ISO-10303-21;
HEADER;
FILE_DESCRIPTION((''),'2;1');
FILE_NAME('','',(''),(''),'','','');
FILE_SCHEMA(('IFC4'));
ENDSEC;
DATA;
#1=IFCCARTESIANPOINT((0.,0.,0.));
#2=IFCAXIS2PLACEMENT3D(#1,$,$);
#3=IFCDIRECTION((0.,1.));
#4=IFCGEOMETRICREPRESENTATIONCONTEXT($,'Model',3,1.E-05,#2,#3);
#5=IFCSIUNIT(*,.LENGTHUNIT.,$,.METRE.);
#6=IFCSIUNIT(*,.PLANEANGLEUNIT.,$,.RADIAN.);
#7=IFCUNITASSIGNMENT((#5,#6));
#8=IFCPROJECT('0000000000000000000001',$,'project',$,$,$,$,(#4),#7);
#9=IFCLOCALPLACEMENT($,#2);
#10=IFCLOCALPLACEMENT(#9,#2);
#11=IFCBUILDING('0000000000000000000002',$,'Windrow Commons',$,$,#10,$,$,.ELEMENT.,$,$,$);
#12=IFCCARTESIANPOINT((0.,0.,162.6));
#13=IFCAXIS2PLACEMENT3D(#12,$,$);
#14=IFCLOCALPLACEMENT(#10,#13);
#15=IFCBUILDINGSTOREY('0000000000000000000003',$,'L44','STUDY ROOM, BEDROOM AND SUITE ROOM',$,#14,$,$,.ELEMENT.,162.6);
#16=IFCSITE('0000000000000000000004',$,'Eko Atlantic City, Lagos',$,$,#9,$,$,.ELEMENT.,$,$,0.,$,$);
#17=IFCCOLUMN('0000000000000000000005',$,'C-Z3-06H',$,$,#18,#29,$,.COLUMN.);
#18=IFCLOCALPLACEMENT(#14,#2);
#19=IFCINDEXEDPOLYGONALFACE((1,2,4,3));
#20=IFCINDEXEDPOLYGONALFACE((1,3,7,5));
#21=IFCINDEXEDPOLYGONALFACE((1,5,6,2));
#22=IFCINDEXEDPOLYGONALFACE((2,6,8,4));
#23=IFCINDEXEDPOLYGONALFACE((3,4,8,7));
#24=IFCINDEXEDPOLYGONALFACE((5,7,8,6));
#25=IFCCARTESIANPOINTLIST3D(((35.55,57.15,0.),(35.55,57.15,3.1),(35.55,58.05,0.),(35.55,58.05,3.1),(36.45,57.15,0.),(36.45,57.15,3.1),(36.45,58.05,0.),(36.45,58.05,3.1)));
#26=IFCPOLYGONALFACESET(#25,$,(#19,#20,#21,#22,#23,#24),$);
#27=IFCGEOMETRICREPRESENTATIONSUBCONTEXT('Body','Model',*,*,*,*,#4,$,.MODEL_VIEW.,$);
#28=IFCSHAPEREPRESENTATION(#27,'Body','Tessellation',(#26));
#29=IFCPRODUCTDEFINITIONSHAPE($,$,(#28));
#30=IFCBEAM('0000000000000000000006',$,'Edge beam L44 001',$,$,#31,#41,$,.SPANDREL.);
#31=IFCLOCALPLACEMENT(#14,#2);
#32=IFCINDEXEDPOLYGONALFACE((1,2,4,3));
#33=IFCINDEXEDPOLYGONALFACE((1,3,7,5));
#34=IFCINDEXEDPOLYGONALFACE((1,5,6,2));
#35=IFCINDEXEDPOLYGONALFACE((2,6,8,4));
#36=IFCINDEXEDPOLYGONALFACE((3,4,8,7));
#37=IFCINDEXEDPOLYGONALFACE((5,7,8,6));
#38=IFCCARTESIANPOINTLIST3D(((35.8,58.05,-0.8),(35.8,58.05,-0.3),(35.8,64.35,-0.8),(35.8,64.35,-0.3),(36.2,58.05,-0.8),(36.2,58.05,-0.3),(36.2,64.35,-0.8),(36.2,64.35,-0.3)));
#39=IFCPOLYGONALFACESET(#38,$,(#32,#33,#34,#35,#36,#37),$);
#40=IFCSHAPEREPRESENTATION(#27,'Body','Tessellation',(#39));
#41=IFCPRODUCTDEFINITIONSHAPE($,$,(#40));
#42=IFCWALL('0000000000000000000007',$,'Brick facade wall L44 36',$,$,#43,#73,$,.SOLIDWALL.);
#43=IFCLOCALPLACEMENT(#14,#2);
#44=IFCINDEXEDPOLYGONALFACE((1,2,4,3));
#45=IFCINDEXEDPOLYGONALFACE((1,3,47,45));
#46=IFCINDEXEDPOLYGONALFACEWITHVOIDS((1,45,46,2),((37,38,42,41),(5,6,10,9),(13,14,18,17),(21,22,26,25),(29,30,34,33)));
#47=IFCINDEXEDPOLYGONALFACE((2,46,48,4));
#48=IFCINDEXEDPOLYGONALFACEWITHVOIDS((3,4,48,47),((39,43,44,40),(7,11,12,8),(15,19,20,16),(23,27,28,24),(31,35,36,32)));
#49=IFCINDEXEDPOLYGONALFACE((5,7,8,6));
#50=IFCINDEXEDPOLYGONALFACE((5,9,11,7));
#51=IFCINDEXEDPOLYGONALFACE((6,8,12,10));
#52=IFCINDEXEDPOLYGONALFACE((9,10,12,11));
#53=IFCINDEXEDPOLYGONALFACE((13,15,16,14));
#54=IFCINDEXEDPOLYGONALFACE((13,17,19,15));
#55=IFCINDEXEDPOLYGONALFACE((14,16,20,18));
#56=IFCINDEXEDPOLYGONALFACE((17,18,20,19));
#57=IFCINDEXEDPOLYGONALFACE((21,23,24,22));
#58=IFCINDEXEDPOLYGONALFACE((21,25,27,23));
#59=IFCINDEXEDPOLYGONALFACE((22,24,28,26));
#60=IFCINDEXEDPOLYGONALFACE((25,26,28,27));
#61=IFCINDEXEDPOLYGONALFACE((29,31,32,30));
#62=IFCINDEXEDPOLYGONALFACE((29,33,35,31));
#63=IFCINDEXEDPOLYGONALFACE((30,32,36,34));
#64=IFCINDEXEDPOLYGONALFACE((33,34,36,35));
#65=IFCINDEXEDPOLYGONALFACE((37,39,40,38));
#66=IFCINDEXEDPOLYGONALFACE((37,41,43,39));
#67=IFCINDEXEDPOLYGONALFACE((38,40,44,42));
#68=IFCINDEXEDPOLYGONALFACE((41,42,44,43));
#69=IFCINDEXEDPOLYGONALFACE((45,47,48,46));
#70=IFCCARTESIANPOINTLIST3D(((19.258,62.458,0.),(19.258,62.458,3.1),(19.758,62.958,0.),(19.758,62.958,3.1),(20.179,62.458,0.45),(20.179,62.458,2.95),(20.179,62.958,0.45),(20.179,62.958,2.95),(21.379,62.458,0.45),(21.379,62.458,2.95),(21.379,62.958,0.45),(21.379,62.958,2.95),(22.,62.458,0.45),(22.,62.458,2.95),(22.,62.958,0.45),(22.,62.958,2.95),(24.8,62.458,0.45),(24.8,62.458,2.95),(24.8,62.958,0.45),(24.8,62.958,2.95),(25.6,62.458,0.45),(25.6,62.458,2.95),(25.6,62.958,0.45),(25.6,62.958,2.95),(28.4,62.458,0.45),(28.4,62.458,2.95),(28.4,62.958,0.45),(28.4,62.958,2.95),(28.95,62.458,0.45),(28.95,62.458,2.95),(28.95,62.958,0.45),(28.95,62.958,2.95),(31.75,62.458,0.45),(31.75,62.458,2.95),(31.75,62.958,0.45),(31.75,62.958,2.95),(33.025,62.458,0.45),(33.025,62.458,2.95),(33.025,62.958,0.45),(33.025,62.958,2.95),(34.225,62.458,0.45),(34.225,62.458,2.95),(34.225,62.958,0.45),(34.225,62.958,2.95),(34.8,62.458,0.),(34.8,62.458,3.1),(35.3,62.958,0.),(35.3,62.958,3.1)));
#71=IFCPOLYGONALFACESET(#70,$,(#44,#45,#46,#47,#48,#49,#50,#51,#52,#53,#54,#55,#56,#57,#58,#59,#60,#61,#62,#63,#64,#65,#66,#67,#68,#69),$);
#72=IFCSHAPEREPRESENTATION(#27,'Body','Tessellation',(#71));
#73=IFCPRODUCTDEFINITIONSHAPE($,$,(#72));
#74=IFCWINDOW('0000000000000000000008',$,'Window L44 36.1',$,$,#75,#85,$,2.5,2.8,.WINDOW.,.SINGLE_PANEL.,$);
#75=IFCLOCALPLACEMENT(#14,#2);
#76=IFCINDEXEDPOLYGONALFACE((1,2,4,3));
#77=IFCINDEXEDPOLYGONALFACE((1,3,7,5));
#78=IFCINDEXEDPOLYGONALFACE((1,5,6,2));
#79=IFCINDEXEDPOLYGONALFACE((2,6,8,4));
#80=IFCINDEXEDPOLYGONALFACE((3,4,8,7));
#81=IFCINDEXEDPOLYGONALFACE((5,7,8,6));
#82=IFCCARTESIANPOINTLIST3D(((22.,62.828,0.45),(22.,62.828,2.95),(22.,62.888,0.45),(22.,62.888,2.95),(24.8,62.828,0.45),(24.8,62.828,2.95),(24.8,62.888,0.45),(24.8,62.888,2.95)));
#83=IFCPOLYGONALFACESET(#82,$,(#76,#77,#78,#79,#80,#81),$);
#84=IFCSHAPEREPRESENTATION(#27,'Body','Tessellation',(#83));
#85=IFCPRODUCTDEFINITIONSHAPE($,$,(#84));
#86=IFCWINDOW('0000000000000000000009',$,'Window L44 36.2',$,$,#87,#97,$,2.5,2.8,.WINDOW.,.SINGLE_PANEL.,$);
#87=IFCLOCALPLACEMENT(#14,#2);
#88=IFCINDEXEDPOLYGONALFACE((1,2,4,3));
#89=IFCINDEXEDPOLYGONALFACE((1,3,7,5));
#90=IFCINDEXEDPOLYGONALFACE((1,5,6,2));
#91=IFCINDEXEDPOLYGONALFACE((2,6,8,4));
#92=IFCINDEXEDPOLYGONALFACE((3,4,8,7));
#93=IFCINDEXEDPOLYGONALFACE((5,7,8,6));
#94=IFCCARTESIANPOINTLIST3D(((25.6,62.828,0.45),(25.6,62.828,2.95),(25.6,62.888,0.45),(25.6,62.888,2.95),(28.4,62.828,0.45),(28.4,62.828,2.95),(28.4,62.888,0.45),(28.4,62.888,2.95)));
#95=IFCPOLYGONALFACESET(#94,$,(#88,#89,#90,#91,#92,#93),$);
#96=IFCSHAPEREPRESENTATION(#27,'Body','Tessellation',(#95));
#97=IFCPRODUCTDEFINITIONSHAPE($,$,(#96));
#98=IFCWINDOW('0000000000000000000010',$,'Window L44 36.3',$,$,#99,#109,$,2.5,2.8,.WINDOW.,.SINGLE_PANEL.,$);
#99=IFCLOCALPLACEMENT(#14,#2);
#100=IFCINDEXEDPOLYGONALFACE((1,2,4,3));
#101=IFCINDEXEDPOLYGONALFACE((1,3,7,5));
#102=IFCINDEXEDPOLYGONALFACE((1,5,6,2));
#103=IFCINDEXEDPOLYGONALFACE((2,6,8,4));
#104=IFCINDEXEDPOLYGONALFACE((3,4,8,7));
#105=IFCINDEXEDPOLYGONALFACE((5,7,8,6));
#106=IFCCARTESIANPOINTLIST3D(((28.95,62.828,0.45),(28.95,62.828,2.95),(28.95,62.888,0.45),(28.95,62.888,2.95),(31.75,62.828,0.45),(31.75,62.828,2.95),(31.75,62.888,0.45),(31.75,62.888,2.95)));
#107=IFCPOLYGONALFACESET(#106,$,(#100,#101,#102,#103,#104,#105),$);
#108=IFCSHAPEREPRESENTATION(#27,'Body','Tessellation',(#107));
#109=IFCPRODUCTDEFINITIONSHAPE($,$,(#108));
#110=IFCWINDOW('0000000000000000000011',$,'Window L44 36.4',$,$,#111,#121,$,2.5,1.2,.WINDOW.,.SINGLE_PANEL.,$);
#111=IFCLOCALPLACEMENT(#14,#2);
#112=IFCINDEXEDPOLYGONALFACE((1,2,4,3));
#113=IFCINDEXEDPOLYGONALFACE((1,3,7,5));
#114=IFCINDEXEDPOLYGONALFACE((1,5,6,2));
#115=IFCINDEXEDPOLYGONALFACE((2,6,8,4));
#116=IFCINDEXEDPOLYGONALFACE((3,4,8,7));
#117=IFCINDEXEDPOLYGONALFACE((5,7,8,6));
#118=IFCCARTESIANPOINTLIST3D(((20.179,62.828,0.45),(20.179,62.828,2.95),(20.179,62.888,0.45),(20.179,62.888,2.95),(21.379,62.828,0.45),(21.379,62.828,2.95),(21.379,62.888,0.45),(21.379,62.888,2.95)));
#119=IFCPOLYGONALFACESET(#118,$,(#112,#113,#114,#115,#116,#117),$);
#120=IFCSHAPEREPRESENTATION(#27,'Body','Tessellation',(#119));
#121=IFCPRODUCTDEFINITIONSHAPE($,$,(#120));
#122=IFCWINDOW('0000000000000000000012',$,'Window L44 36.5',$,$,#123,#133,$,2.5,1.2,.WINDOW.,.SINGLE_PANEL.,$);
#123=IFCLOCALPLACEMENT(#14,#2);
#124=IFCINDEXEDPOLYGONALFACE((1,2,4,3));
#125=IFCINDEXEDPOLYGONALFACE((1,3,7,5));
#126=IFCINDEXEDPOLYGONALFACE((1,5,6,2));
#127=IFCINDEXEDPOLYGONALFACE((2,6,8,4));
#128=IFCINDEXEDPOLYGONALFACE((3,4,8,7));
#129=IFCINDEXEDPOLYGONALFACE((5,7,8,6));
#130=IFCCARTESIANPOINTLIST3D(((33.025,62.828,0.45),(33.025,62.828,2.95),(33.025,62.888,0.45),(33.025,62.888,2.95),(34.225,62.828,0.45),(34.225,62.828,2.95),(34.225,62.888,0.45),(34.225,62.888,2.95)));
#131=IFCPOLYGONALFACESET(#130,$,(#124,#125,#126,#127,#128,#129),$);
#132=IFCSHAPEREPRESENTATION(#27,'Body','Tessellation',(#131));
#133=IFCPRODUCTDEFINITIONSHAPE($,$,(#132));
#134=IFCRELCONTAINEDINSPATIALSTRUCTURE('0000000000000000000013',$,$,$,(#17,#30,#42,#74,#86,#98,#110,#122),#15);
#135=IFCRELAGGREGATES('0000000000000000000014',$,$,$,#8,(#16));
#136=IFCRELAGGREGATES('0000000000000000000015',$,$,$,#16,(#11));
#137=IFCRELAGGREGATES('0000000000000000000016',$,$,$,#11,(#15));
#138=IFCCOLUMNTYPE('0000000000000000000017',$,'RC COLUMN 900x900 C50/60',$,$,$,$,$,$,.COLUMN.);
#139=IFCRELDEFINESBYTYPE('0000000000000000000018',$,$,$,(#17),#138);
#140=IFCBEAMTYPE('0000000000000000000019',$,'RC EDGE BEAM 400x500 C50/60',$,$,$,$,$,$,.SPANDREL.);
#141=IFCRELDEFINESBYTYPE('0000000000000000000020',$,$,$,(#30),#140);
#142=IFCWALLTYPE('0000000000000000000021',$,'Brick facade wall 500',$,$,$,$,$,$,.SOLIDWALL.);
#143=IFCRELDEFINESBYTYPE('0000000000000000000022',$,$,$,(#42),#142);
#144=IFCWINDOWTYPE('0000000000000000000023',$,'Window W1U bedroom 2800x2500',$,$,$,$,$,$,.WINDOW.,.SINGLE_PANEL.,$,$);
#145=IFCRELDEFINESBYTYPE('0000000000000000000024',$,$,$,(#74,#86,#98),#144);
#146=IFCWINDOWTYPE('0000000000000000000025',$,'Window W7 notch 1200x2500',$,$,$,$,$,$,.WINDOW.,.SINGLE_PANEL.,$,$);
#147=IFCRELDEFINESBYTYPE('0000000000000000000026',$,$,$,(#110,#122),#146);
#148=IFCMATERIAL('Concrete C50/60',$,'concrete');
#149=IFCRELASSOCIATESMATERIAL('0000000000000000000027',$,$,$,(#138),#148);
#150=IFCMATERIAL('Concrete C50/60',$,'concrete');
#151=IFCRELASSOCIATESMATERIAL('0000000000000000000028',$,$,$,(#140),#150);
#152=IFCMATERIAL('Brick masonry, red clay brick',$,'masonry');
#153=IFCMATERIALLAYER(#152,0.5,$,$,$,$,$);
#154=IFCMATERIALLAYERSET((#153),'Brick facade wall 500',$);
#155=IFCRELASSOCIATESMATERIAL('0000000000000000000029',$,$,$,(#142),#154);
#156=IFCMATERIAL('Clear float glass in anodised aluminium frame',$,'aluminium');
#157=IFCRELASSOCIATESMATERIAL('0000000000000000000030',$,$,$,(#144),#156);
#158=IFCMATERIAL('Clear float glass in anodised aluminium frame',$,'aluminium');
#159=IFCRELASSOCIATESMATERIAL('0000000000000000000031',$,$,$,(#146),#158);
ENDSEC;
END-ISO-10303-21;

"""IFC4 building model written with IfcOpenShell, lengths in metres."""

from ifc_helpers import new_model, si_unit, direction, frame, frame_2d, origin, origin_2d, place, context, subcontext, project, spatial, polyline, rectangle, outline, extrude, material, layer, layer_set, material_profile, profile_set, type_object, element, fill, save


model = new_model("IFC4")

# Units and contexts
model_context = context("Model", 3, precision=1e-05, world=origin(), true_north=direction((0.0, 1.0)))
body_context = subcontext(model_context, "Body", "Model", "MODEL_VIEW")
ifc_project = project(units=[si_unit("LENGTHUNIT", "METRE"), si_unit("PLANEANGLEUNIT", "RADIAN")], contexts=[model_context])

# Site, building, storey
site_placement = place(None, origin())
site = spatial("IfcSite", under=ifc_project, at=site_placement, Name="Eko Atlantic City, Lagos", CompositionType="ELEMENT", RefElevation=0.0)
building_placement = place(site_placement, origin())
building = spatial("IfcBuilding", under=site, at=building_placement, Name="Windrow Commons", CompositionType="ELEMENT")
storey_placement = place(building_placement, frame((0.0, 0.0, 162.6)))
storey = spatial("IfcBuildingStorey", under=building, at=storey_placement, Name="L44", Description="STUDY ROOM, BEDROOM AND SUITE ROOM", CompositionType="ELEMENT", Elevation=162.6)

# Column
ifc_material_1 = material(Name="Concrete C50/60", Category="concrete")
ifc_material_profile_1 = material_profile(ifc_material_1, rectangle(XDim=0.9, YDim=0.9, at=origin_2d()))
ifc_profile_set_1 = profile_set([ifc_material_profile_1], Name="Concrete C50/60")
column_type = type_object("IfcColumnType", Name="RC COLUMN 900x900 C50/60", PredefinedType="COLUMN", material=ifc_profile_set_1)
column_placement = place(storey_placement, frame((36.0, 57.6, 0.0), z_axis=(0.0, 0.0, 1.0), x_axis=(1.0, 0.0, 0.0)))
element("IfcColumn", 1, at=column_placement, inside=storey, type_object=column_type, Name="C-Z3-06H", PredefinedType="COLUMN", context=body_context, shape_type="SweptSolid", body=[
    extrude(rectangle(XDim=0.9, YDim=0.9, at=origin_2d()), origin(), (0.0, 0.0, 1.0), 3.1),
])

# Beam
ifc_material_2 = material(Name="Concrete C50/60", Category="concrete")
ifc_material_profile_2 = material_profile(ifc_material_2, rectangle(XDim=0.4, YDim=0.5, at=origin_2d()))
ifc_profile_set_2 = profile_set([ifc_material_profile_2], Name="Concrete C50/60")
beam_type = type_object("IfcBeamType", Name="RC EDGE BEAM 400x500 C50/60", PredefinedType="SPANDREL", material=ifc_profile_set_2)
beam_placement = place(storey_placement, frame((36.0, 58.05, -0.55), z_axis=(0.0, 1.0, 0.0), x_axis=(-1.0, 0.0, 0.0)))
element("IfcBeam", 2, at=beam_placement, inside=storey, type_object=beam_type, Name="Edge beam L44 001", PredefinedType="SPANDREL", context=body_context, shape_type="SweptSolid", body=[
    extrude(rectangle(XDim=0.4, YDim=0.5, at=origin_2d()), origin(), (0.0, 0.0, 1.0), 6.3),
])

# Wall, openings, windows
ifc_material_3 = material(Name="Brick masonry, red clay brick", Category="masonry")
ifc_layer_1 = layer(ifc_material_3, 0.5)
ifc_layer_set_1 = layer_set([ifc_layer_1], Name="Brick facade wall 500")
wall_type_1 = type_object("IfcWallType", Name="Brick facade wall 500", PredefinedType="SOLIDWALL", material=ifc_layer_set_1)
wall_1_placement = place(storey_placement, frame((19.508, 62.708, 0.0), z_axis=(0.0, 0.0, 1.0), x_axis=(1.0, 0.0, 0.0)))
wall_1 = element("IfcWall", 3, at=wall_1_placement, inside=storey, type_object=wall_type_1, Name="Brick facade wall L44 36", PredefinedType="SOLIDWALL", context=body_context, shape_type="SweptSolid", body=[
    extrude(outline(polyline([(-0.25, -0.25), (15.292, -0.25), (15.792, 0.25), (0.25, 0.25), (-0.25, -0.25)])), origin(), (0.0, 0.0, 1.0), 3.1),
])
opening_1_placement = place(wall_1_placement, frame((2.492, 0.0, 0.45)))
opening_1 = element("IfcOpeningElement", 4, at=opening_1_placement, cuts=wall_1, PredefinedType="OPENING", context=body_context, shape_type="SweptSolid", body=[
    extrude(rectangle(XDim=2.8, YDim=2.5, at=frame_2d((1.4, 1.25))), frame((0.0, 0.26, 0.0), z_axis=(0.0, -1.0, 0.0), x_axis=(1.0, 0.0, 0.0)), (0.0, 0.0, 1.0), 0.52),
])
opening_2_placement = place(wall_1_placement, frame((6.092, 0.0, 0.45)))
opening_2 = element("IfcOpeningElement", 5, at=opening_2_placement, cuts=wall_1, PredefinedType="OPENING", context=body_context, shape_type="SweptSolid", body=[
    extrude(rectangle(XDim=2.8, YDim=2.5, at=frame_2d((1.4, 1.25))), frame((0.0, 0.26, 0.0), z_axis=(0.0, -1.0, 0.0), x_axis=(1.0, 0.0, 0.0)), (0.0, 0.0, 1.0), 0.52),
])
opening_3_placement = place(wall_1_placement, frame((9.442, 0.0, 0.45)))
opening_3 = element("IfcOpeningElement", 6, at=opening_3_placement, cuts=wall_1, PredefinedType="OPENING", context=body_context, shape_type="SweptSolid", body=[
    extrude(rectangle(XDim=2.8, YDim=2.5, at=frame_2d((1.4, 1.25))), frame((0.0, 0.26, 0.0), z_axis=(0.0, -1.0, 0.0), x_axis=(1.0, 0.0, 0.0)), (0.0, 0.0, 1.0), 0.52),
])
opening_4_placement = place(wall_1_placement, frame((0.671, 0.0, 0.45)))
opening_4 = element("IfcOpeningElement", 7, at=opening_4_placement, cuts=wall_1, PredefinedType="OPENING", context=body_context, shape_type="SweptSolid", body=[
    extrude(rectangle(XDim=1.2, YDim=2.5, at=frame_2d((0.6, 1.25))), frame((0.0, 0.26, 0.0), z_axis=(0.0, -1.0, 0.0), x_axis=(1.0, 0.0, 0.0)), (0.0, 0.0, 1.0), 0.52),
])
opening_5_placement = place(wall_1_placement, frame((13.517, 0.0, 0.45)))
opening_5 = element("IfcOpeningElement", 8, at=opening_5_placement, cuts=wall_1, PredefinedType="OPENING", context=body_context, shape_type="SweptSolid", body=[
    extrude(rectangle(XDim=1.2, YDim=2.5, at=frame_2d((0.6, 1.25))), frame((0.0, 0.26, 0.0), z_axis=(0.0, -1.0, 0.0), x_axis=(1.0, 0.0, 0.0)), (0.0, 0.0, 1.0), 0.52),
])
ifc_material_4 = material(Name="Clear float glass in anodised aluminium frame", Category="aluminium")
window_type_1 = type_object("IfcWindowType", Name="Window W1U bedroom 2800x2500", PartitioningType="SINGLE_PANEL", PredefinedType="WINDOW", material=ifc_material_4)
window_1_placement = place(opening_1_placement, origin())
window_1 = element("IfcWindow", 9, at=window_1_placement, inside=storey, type_object=window_type_1, Name="Window L44 36.1", OverallHeight=2.5, OverallWidth=2.8, PartitioningType="SINGLE_PANEL", PredefinedType="WINDOW", context=body_context, shape_type="SweptSolid", body=[
    extrude(rectangle(XDim=2.8, YDim=2.5, at=frame_2d((1.4, 1.25))), frame((0.0, 0.18, 0.0), z_axis=(0.0, -1.0, 0.0), x_axis=(1.0, 0.0, 0.0)), (0.0, 0.0, 1.0), 0.06),
])
fill(opening_1, window_1)
window_2_placement = place(opening_2_placement, origin())
window_2 = element("IfcWindow", 10, at=window_2_placement, inside=storey, type_object=window_type_1, Name="Window L44 36.2", OverallHeight=2.5, OverallWidth=2.8, PartitioningType="SINGLE_PANEL", PredefinedType="WINDOW", context=body_context, shape_type="SweptSolid", body=[
    extrude(rectangle(XDim=2.8, YDim=2.5, at=frame_2d((1.4, 1.25))), frame((0.0, 0.18, 0.0), z_axis=(0.0, -1.0, 0.0), x_axis=(1.0, 0.0, 0.0)), (0.0, 0.0, 1.0), 0.06),
])
fill(opening_2, window_2)
window_3_placement = place(opening_3_placement, origin())
window_3 = element("IfcWindow", 11, at=window_3_placement, inside=storey, type_object=window_type_1, Name="Window L44 36.3", OverallHeight=2.5, OverallWidth=2.8, PartitioningType="SINGLE_PANEL", PredefinedType="WINDOW", context=body_context, shape_type="SweptSolid", body=[
    extrude(rectangle(XDim=2.8, YDim=2.5, at=frame_2d((1.4, 1.25))), frame((0.0, 0.18, 0.0), z_axis=(0.0, -1.0, 0.0), x_axis=(1.0, 0.0, 0.0)), (0.0, 0.0, 1.0), 0.06),
])
fill(opening_3, window_3)
ifc_material_5 = material(Name="Clear float glass in anodised aluminium frame", Category="aluminium")
window_type_2 = type_object("IfcWindowType", Name="Window W7 notch 1200x2500", PartitioningType="SINGLE_PANEL", PredefinedType="WINDOW", material=ifc_material_5)
window_4_placement = place(opening_4_placement, origin())
window_4 = element("IfcWindow", 12, at=window_4_placement, inside=storey, type_object=window_type_2, Name="Window L44 36.4", OverallHeight=2.5, OverallWidth=1.2, PartitioningType="SINGLE_PANEL", PredefinedType="WINDOW", context=body_context, shape_type="SweptSolid", body=[
    extrude(rectangle(XDim=1.2, YDim=2.5, at=frame_2d((0.6, 1.25))), frame((0.0, 0.18, 0.0), z_axis=(0.0, -1.0, 0.0), x_axis=(1.0, 0.0, 0.0)), (0.0, 0.0, 1.0), 0.06),
])
fill(opening_4, window_4)
window_5_placement = place(opening_5_placement, origin())
window_5 = element("IfcWindow", 13, at=window_5_placement, inside=storey, type_object=window_type_2, Name="Window L44 36.5", OverallHeight=2.5, OverallWidth=1.2, PartitioningType="SINGLE_PANEL", PredefinedType="WINDOW", context=body_context, shape_type="SweptSolid", body=[
    extrude(rectangle(XDim=1.2, YDim=2.5, at=frame_2d((0.6, 1.25))), frame((0.0, 0.18, 0.0), z_axis=(0.0, -1.0, 0.0), x_axis=(1.0, 0.0, 0.0)), (0.0, 0.0, 1.0), 0.06),
])
fill(opening_5, window_5)

save(model, "model.ifc")
